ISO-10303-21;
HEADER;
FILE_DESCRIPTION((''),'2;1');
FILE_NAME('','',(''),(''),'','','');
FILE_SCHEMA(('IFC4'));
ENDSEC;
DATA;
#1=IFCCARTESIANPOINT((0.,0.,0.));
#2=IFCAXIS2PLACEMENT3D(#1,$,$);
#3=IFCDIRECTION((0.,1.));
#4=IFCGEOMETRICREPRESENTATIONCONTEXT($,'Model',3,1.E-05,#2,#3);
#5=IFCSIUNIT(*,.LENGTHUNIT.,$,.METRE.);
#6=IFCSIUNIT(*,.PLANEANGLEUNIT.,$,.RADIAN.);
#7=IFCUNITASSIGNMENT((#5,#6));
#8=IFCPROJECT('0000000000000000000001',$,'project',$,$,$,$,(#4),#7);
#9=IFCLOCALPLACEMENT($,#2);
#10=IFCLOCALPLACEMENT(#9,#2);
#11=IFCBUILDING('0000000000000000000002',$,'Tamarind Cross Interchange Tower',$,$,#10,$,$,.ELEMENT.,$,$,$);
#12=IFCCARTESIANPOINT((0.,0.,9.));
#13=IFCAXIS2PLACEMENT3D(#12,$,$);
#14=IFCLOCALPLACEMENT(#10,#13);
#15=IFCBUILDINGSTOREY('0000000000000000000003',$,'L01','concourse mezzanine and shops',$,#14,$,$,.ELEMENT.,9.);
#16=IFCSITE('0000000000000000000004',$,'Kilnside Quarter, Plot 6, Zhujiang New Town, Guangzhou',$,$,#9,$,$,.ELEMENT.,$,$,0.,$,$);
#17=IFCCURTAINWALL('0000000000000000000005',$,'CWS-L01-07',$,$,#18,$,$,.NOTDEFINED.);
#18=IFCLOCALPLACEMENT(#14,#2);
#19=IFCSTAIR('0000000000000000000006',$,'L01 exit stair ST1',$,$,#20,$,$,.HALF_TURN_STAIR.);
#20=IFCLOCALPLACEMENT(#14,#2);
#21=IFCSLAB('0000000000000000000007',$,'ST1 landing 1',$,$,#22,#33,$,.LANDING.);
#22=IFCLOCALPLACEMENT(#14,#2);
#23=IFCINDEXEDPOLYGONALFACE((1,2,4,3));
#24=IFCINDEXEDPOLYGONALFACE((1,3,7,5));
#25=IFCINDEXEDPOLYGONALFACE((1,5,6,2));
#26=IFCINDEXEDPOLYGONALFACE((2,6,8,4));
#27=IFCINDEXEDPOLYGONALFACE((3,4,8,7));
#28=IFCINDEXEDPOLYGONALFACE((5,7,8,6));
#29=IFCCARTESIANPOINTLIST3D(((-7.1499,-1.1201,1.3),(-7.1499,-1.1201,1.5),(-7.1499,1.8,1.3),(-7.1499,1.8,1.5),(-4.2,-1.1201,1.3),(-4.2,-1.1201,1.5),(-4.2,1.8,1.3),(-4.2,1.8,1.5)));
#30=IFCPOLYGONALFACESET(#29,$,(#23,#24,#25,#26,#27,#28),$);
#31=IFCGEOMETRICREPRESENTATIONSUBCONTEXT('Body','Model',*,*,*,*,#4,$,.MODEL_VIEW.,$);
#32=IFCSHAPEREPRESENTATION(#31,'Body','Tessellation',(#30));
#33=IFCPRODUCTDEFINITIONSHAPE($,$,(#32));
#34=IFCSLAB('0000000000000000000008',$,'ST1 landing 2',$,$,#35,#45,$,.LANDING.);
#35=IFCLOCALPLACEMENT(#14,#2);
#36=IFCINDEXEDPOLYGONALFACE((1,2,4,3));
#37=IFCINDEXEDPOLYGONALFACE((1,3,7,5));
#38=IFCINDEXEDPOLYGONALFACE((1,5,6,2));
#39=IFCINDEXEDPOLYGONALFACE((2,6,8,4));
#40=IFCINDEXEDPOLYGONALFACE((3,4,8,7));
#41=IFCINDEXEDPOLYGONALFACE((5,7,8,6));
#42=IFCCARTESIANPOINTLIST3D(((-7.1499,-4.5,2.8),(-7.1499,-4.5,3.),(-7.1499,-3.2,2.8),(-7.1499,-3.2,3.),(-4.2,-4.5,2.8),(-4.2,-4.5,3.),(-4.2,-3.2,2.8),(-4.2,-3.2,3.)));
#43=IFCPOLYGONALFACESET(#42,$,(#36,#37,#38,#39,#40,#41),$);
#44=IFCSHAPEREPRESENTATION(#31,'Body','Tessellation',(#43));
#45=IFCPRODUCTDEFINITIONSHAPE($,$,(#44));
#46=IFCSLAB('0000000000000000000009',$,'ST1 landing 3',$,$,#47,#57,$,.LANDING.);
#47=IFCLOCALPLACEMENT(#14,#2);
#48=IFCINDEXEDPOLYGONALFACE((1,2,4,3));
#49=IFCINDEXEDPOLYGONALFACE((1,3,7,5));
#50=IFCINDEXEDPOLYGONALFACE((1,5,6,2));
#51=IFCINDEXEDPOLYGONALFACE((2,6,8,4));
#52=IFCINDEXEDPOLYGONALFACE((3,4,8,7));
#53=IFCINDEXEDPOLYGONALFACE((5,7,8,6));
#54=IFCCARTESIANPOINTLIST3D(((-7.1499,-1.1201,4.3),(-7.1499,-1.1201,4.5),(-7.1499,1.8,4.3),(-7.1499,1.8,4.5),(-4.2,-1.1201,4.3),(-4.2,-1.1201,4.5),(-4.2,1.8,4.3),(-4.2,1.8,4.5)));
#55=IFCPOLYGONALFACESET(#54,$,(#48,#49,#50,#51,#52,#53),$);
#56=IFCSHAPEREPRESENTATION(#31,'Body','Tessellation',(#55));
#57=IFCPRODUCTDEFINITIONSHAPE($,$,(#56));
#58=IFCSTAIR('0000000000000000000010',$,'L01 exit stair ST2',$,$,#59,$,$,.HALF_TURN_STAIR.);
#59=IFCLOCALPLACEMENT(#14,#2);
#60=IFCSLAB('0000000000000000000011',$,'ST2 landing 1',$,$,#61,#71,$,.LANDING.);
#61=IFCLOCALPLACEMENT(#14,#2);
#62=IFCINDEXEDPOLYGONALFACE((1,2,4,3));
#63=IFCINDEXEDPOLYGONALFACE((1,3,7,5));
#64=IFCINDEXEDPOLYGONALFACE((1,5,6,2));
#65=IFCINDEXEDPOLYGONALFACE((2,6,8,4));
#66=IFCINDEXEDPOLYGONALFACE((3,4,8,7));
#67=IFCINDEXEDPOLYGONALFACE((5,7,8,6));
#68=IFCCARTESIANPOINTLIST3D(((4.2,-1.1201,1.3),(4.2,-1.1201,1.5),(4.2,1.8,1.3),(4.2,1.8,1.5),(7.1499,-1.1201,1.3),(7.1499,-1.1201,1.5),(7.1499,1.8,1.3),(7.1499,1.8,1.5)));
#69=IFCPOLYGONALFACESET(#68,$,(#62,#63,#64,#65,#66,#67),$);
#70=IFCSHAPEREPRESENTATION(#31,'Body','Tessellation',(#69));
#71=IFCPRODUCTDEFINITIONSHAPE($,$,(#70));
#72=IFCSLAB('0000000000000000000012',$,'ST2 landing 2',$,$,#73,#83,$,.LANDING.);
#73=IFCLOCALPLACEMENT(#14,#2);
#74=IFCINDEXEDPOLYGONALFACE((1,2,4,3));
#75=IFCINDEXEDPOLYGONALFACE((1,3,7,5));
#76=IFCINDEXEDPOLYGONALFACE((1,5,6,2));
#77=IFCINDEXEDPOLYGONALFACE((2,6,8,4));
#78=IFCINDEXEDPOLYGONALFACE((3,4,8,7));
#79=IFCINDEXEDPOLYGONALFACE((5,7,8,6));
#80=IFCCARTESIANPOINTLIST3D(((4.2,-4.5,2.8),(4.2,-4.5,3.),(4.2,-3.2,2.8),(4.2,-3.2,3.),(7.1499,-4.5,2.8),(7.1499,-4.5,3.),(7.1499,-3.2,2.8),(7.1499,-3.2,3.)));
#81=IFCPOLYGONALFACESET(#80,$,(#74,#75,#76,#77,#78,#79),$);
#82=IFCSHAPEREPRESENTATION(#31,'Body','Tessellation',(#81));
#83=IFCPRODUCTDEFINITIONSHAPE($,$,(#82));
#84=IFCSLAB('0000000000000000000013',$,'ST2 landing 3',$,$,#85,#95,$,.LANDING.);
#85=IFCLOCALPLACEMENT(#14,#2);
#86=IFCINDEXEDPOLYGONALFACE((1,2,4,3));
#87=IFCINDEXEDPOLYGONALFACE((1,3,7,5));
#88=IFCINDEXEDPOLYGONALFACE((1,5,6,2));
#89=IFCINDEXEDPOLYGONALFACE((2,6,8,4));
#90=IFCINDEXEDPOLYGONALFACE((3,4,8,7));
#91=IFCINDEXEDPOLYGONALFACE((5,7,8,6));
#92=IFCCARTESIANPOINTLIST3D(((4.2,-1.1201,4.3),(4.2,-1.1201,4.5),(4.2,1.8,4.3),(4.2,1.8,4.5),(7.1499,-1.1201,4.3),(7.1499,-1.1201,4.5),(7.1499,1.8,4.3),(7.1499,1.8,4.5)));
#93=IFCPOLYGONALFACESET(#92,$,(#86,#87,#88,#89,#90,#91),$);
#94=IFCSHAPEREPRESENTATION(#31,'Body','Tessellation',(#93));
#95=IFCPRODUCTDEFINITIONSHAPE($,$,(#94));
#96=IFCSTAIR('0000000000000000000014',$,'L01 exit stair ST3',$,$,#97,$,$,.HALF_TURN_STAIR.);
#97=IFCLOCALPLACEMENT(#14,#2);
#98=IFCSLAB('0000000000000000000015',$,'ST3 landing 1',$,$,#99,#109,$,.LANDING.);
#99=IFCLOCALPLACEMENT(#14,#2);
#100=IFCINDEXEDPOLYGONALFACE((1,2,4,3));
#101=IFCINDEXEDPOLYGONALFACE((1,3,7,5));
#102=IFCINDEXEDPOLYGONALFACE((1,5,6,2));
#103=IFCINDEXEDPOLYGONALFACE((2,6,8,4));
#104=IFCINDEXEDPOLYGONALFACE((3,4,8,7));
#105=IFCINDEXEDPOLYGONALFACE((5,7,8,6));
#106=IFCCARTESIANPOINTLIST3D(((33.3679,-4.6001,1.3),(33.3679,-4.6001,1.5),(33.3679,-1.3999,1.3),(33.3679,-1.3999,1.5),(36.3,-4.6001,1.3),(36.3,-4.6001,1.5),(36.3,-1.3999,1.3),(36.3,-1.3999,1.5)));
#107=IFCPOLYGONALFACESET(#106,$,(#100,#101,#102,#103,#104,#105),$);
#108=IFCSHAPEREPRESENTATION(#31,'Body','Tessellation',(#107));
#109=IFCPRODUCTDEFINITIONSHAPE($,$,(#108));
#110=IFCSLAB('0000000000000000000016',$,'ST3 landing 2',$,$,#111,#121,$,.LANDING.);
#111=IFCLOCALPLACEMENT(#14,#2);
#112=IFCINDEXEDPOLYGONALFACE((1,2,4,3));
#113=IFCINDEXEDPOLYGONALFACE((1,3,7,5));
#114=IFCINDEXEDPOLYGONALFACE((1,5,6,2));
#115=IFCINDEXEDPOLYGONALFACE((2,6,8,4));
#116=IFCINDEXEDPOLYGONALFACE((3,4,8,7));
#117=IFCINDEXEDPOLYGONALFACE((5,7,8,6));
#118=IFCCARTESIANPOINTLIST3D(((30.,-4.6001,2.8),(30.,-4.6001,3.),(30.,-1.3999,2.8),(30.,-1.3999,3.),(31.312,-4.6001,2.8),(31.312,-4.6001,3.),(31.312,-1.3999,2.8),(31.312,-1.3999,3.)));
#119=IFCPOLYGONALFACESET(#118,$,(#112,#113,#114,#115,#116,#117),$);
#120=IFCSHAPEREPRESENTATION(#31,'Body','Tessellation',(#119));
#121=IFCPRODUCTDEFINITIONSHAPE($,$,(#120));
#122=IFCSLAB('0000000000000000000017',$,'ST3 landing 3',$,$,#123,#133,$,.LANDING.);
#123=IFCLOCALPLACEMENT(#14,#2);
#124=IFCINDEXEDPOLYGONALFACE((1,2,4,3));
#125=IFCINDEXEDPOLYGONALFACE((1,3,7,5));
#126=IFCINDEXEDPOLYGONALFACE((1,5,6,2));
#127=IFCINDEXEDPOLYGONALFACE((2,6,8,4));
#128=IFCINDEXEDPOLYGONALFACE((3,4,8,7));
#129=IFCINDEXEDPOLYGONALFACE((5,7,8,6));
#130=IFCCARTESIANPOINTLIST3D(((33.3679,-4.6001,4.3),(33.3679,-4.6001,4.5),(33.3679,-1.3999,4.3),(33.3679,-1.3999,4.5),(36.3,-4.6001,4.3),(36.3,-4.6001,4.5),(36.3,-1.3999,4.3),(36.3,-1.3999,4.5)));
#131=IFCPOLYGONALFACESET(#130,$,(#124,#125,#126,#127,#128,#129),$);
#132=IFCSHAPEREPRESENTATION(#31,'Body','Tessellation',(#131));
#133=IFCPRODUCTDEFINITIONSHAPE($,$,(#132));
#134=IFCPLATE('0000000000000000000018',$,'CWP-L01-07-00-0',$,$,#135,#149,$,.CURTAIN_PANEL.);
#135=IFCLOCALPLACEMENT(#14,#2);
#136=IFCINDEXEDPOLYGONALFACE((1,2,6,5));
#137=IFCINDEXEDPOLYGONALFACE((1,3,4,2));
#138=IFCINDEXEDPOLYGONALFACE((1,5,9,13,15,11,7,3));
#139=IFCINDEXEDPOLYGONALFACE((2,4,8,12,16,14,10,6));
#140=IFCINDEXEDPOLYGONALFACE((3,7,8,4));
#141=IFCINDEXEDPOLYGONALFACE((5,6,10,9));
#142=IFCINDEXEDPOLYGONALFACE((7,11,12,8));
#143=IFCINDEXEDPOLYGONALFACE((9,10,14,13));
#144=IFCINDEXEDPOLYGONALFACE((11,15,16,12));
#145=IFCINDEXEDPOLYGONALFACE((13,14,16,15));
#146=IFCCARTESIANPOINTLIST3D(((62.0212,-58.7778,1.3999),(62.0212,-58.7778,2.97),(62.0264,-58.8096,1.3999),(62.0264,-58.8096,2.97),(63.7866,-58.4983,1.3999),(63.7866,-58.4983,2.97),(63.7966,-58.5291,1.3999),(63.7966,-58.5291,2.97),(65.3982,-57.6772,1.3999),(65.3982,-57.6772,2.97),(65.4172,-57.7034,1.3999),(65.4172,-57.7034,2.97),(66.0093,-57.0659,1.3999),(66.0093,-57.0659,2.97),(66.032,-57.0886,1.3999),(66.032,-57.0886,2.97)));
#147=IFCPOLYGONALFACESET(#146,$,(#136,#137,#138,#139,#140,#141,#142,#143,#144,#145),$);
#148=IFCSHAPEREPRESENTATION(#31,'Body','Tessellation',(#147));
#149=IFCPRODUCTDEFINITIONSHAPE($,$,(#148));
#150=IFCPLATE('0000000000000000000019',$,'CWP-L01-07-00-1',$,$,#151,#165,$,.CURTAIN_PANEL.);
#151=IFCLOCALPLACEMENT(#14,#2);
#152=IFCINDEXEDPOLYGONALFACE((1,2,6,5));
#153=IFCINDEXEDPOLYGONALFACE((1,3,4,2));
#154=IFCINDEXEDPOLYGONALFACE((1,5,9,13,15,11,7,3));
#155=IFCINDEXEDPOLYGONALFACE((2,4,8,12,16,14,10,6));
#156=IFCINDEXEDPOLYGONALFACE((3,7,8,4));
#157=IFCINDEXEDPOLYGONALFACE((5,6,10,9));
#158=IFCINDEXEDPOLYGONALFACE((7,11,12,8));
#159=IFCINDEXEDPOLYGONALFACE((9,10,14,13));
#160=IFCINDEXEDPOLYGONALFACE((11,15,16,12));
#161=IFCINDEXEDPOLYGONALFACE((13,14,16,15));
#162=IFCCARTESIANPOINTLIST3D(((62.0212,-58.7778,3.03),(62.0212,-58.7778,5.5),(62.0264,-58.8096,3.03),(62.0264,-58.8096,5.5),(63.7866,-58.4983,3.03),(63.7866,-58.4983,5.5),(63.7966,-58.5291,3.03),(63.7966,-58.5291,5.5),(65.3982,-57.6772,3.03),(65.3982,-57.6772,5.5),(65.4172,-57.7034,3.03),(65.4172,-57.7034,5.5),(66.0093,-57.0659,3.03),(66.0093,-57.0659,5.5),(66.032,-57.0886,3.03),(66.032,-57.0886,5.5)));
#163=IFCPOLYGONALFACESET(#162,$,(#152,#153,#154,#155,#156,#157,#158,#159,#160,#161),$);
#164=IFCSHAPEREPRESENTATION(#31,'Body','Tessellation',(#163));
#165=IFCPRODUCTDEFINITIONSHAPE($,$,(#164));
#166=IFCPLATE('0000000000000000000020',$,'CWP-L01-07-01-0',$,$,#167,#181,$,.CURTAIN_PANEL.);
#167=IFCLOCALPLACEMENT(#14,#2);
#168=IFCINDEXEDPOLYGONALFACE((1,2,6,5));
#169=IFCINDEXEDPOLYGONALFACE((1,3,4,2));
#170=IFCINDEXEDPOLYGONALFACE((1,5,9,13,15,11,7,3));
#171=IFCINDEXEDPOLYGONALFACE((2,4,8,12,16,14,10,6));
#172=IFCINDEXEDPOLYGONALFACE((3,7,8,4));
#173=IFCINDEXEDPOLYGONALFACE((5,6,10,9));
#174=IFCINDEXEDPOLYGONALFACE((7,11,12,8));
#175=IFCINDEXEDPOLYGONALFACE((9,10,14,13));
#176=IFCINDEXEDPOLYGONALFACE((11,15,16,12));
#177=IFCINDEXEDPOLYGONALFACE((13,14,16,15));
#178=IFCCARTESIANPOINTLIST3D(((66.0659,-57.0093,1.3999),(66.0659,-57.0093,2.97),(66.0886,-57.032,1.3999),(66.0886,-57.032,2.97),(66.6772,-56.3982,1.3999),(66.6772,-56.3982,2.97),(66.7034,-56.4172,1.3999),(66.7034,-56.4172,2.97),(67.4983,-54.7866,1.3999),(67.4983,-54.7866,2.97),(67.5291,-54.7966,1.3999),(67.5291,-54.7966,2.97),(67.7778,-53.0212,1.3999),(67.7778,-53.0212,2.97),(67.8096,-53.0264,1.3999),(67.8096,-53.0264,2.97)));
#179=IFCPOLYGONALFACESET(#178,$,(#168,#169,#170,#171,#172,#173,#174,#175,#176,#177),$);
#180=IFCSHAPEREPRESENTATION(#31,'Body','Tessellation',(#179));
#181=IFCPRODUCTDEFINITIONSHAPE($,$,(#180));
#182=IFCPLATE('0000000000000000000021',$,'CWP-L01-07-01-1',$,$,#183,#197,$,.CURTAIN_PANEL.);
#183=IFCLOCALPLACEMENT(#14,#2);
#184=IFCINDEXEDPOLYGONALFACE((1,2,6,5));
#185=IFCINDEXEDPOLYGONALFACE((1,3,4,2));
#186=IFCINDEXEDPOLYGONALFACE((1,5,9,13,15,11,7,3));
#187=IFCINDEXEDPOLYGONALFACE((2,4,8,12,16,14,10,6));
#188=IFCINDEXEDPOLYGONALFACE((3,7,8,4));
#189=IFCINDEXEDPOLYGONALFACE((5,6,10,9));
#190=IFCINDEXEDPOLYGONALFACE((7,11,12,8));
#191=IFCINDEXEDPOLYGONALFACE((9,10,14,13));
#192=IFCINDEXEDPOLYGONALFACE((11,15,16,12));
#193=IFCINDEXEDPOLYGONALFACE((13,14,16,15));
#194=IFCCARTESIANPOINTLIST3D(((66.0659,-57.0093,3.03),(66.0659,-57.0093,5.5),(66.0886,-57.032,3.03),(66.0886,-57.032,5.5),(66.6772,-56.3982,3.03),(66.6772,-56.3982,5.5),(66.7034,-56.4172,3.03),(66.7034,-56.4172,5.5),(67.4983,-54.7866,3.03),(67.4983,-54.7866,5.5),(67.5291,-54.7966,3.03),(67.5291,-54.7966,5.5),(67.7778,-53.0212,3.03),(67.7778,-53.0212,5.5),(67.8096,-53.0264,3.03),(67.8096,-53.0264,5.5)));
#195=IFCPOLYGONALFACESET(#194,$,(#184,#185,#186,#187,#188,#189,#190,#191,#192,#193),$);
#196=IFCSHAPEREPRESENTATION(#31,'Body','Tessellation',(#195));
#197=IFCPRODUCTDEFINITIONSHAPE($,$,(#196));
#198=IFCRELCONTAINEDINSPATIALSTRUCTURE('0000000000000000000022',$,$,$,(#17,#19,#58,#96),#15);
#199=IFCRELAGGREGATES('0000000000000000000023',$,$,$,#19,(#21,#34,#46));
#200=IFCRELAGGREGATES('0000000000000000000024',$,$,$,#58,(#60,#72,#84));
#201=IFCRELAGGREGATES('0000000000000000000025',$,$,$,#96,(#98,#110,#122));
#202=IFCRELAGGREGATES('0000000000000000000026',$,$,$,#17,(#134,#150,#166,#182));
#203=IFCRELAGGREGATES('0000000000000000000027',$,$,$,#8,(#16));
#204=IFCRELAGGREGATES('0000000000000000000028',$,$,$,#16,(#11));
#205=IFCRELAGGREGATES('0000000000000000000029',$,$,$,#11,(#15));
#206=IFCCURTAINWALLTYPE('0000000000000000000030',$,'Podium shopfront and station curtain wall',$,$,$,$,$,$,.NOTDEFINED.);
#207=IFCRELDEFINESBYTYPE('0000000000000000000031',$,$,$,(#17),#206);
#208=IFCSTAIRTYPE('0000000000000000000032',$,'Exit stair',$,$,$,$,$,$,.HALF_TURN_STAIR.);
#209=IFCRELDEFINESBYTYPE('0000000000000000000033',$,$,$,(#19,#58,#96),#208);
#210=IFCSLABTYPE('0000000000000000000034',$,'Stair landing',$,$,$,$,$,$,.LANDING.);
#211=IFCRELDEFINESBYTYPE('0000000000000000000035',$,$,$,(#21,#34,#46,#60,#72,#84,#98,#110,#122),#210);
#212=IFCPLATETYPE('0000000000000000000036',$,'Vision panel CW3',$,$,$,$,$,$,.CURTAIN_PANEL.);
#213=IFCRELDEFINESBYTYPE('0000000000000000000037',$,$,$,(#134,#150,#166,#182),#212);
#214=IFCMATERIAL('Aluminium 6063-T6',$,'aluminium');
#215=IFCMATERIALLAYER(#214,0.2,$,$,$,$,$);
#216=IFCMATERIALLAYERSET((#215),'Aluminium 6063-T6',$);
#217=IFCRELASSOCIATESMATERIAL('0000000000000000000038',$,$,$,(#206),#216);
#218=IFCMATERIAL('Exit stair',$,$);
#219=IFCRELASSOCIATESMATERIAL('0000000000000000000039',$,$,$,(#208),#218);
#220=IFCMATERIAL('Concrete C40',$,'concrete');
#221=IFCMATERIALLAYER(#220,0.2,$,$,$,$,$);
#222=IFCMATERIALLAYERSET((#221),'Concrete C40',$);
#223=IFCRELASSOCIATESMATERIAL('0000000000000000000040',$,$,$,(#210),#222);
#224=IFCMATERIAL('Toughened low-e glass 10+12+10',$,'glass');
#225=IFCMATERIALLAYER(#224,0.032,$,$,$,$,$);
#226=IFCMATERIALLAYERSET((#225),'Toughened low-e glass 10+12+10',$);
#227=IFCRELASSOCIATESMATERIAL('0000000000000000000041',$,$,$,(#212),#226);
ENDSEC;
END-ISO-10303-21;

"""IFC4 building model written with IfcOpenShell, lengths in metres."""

from ifc_helpers import new_model, si_unit, direction, frame, origin, place, context, subcontext, project, spatial, polyline, outline, extrude, material, layer, layer_set, type_object, element, aggregate, save


model = new_model("IFC4")

# Units and contexts
model_context = context("Model", 3, precision=1e-05, world=origin(), true_north=direction((0.0, 1.0)))
body_context = subcontext(model_context, "Body", "Model", "MODEL_VIEW")
ifc_project = project(units=[si_unit("LENGTHUNIT", "METRE"), si_unit("PLANEANGLEUNIT", "RADIAN")], contexts=[model_context])

# Site, building, storey
site_placement = place(None, origin())
site = spatial("IfcSite", under=ifc_project, at=site_placement, Name="Kilnside Quarter, Plot 6, Zhujiang New Town, Guangzhou", CompositionType="ELEMENT", RefElevation=0.0)
building_placement = place(site_placement, origin())
building = spatial("IfcBuilding", under=site, at=building_placement, Name="Tamarind Cross Interchange Tower", CompositionType="ELEMENT")
storey_placement = place(building_placement, frame((0.0, 0.0, 9.0)))
storey = spatial("IfcBuildingStorey", under=building, at=storey_placement, Name="L01", Description="concourse mezzanine and shops", CompositionType="ELEMENT", Elevation=9.0)

# Curtain wall
ifc_material_1 = material(Name="Aluminium 6063-T6", Category="aluminium")
ifc_layer_1 = layer(ifc_material_1, 0.2)
ifc_layer_set_1 = layer_set([ifc_layer_1], Name="Aluminium 6063-T6")
curtain_wall_type = type_object("IfcCurtainWallType", Name="Podium shopfront and station curtain wall", PredefinedType="NOTDEFINED", material=ifc_layer_set_1)
curtain_wall_1_placement = place(storey_placement, origin())
curtain_wall_1 = element("IfcCurtainWall", 1, at=curtain_wall_1_placement, inside=storey, type_object=curtain_wall_type, Name="CWS-L01-07", PredefinedType="NOTDEFINED")

# Stairs, slabs
ifc_material_2 = material(Name="Exit stair")
stair_type = type_object("IfcStairType", Name="Exit stair", PredefinedType="HALF_TURN_STAIR", material=ifc_material_2)
stair_1_placement = place(storey_placement, origin())
stair_1 = element("IfcStair", 2, at=stair_1_placement, inside=storey, type_object=stair_type, Name="L01 exit stair ST1", PredefinedType="HALF_TURN_STAIR")
ifc_material_3 = material(Name="Concrete C40", Category="concrete")
ifc_layer_2 = layer(ifc_material_3, 0.2)
ifc_layer_set_2 = layer_set([ifc_layer_2], Name="Concrete C40")
slab_type = type_object("IfcSlabType", Name="Stair landing", PredefinedType="LANDING", material=ifc_layer_set_2)
slab_1_placement = place(storey_placement, frame((0.0, 0.0, 1.3)))
slab_1 = element("IfcSlab", 3, at=slab_1_placement, type_object=slab_type, Name="ST1 landing 1", PredefinedType="LANDING", context=body_context, shape_type="SweptSolid", body=[
    extrude(outline(polyline([(-4.2, -1.1201), (-4.2, 1.8), (-7.1499, 1.8), (-7.1499, -1.1201), (-4.2, -1.1201)])), origin(), (0.0, 0.0, 1.0), 0.2),
])
slab_2_placement = place(storey_placement, frame((0.0, 0.0, 2.8)))
slab_2 = element("IfcSlab", 4, at=slab_2_placement, type_object=slab_type, Name="ST1 landing 2", PredefinedType="LANDING", context=body_context, shape_type="SweptSolid", body=[
    extrude(outline(polyline([(-4.2, -4.5), (-4.2, -3.2), (-7.1499, -3.2), (-7.1499, -4.5), (-4.2, -4.5)])), origin(), (0.0, 0.0, 1.0), 0.2),
])
slab_3_placement = place(storey_placement, frame((0.0, 0.0, 4.3)))
slab_3 = element("IfcSlab", 5, at=slab_3_placement, type_object=slab_type, Name="ST1 landing 3", PredefinedType="LANDING", context=body_context, shape_type="SweptSolid", body=[
    extrude(outline(polyline([(-4.2, -1.1201), (-4.2, 1.8), (-7.1499, 1.8), (-7.1499, -1.1201), (-4.2, -1.1201)])), origin(), (0.0, 0.0, 1.0), 0.2),
])
aggregate(stair_1, [slab_1, slab_2, slab_3])
stair_2_placement = place(storey_placement, origin())
stair_2 = element("IfcStair", 6, at=stair_2_placement, inside=storey, type_object=stair_type, Name="L01 exit stair ST2", PredefinedType="HALF_TURN_STAIR")
slab_4_placement = place(storey_placement, frame((0.0, 0.0, 1.3)))
slab_4 = element("IfcSlab", 7, at=slab_4_placement, type_object=slab_type, Name="ST2 landing 1", PredefinedType="LANDING", context=body_context, shape_type="SweptSolid", body=[
    extrude(outline(polyline([(7.1499, -1.1201), (7.1499, 1.8), (4.2, 1.8), (4.2, -1.1201), (7.1499, -1.1201)])), origin(), (0.0, 0.0, 1.0), 0.2),
])
slab_5_placement = place(storey_placement, frame((0.0, 0.0, 2.8)))
slab_5 = element("IfcSlab", 8, at=slab_5_placement, type_object=slab_type, Name="ST2 landing 2", PredefinedType="LANDING", context=body_context, shape_type="SweptSolid", body=[
    extrude(outline(polyline([(7.1499, -4.5), (7.1499, -3.2), (4.2, -3.2), (4.2, -4.5), (7.1499, -4.5)])), origin(), (0.0, 0.0, 1.0), 0.2),
])
slab_6_placement = place(storey_placement, frame((0.0, 0.0, 4.3)))
slab_6 = element("IfcSlab", 9, at=slab_6_placement, type_object=slab_type, Name="ST2 landing 3", PredefinedType="LANDING", context=body_context, shape_type="SweptSolid", body=[
    extrude(outline(polyline([(7.1499, -1.1201), (7.1499, 1.8), (4.2, 1.8), (4.2, -1.1201), (7.1499, -1.1201)])), origin(), (0.0, 0.0, 1.0), 0.2),
])
aggregate(stair_2, [slab_4, slab_5, slab_6])
stair_3_placement = place(storey_placement, origin())
stair_3 = element("IfcStair", 10, at=stair_3_placement, inside=storey, type_object=stair_type, Name="L01 exit stair ST3", PredefinedType="HALF_TURN_STAIR")
slab_7_placement = place(storey_placement, frame((0.0, 0.0, 1.3)))
slab_7 = element("IfcSlab", 11, at=slab_7_placement, type_object=slab_type, Name="ST3 landing 1", PredefinedType="LANDING", context=body_context, shape_type="SweptSolid", body=[
    extrude(outline(polyline([(33.3679, -4.6001), (36.3, -4.6001), (36.3, -1.3999), (33.3679, -1.3999), (33.3679, -4.6001)])), origin(), (0.0, 0.0, 1.0), 0.2),
])
slab_8_placement = place(storey_placement, frame((0.0, 0.0, 2.8)))
slab_8 = element("IfcSlab", 12, at=slab_8_placement, type_object=slab_type, Name="ST3 landing 2", PredefinedType="LANDING", context=body_context, shape_type="SweptSolid", body=[
    extrude(outline(polyline([(30.0, -4.6001), (31.312, -4.6001), (31.312, -1.3999), (30.0, -1.3999), (30.0, -4.6001)])), origin(), (0.0, 0.0, 1.0), 0.2),
])
slab_9_placement = place(storey_placement, frame((0.0, 0.0, 4.3)))
slab_9 = element("IfcSlab", 13, at=slab_9_placement, type_object=slab_type, Name="ST3 landing 3", PredefinedType="LANDING", context=body_context, shape_type="SweptSolid", body=[
    extrude(outline(polyline([(33.3679, -4.6001), (36.3, -4.6001), (36.3, -1.3999), (33.3679, -1.3999), (33.3679, -4.6001)])), origin(), (0.0, 0.0, 1.0), 0.2),
])
aggregate(stair_3, [slab_7, slab_8, slab_9])

# Plates
ifc_material_4 = material(Name="Toughened low-e glass 10+12+10", Category="glass")
ifc_layer_3 = layer(ifc_material_4, 0.032)
ifc_layer_set_3 = layer_set([ifc_layer_3], Name="Toughened low-e glass 10+12+10")
plate_type = type_object("IfcPlateType", Name="Vision panel CW3", PredefinedType="CURTAIN_PANEL", material=ifc_layer_set_3)
plate_1_placement = place(storey_placement, frame((0.0, 0.0, 1.3999)))
plate_1 = element("IfcPlate", 14, at=plate_1_placement, type_object=plate_type, Name="CWP-L01-07-00-0", PredefinedType="CURTAIN_PANEL", context=body_context, shape_type="SweptSolid", body=[
    extrude(outline(polyline([(62.0212, -58.7778), (63.7866, -58.4983), (65.3982, -57.6772), (66.0093, -57.0659), (66.032, -57.0886), (65.4172, -57.7034), (63.7966, -58.5291), (62.0264, -58.8096), (62.0212, -58.7778)])), origin(), (0.0, 0.0, 1.0), 1.5701),
])
plate_2_placement = place(storey_placement, frame((0.0, 0.0, 3.03)))
plate_2 = element("IfcPlate", 15, at=plate_2_placement, type_object=plate_type, Name="CWP-L01-07-00-1", PredefinedType="CURTAIN_PANEL", context=body_context, shape_type="SweptSolid", body=[
    extrude(outline(polyline([(62.0212, -58.7778), (63.7866, -58.4983), (65.3982, -57.6772), (66.0093, -57.0659), (66.032, -57.0886), (65.4172, -57.7034), (63.7966, -58.5291), (62.0264, -58.8096), (62.0212, -58.7778)])), origin(), (0.0, 0.0, 1.0), 2.47),
])
plate_3_placement = place(storey_placement, frame((0.0, 0.0, 1.3999)))
plate_3 = element("IfcPlate", 16, at=plate_3_placement, type_object=plate_type, Name="CWP-L01-07-01-0", PredefinedType="CURTAIN_PANEL", context=body_context, shape_type="SweptSolid", body=[
    extrude(outline(polyline([(66.0659, -57.0093), (66.6772, -56.3982), (67.4983, -54.7866), (67.7778, -53.0212), (67.8096, -53.0264), (67.5291, -54.7966), (66.7034, -56.4172), (66.0886, -57.032), (66.0659, -57.0093)])), origin(), (0.0, 0.0, 1.0), 1.5701),
])
plate_4_placement = place(storey_placement, frame((0.0, 0.0, 3.03)))
plate_4 = element("IfcPlate", 17, at=plate_4_placement, type_object=plate_type, Name="CWP-L01-07-01-1", PredefinedType="CURTAIN_PANEL", context=body_context, shape_type="SweptSolid", body=[
    extrude(outline(polyline([(66.0659, -57.0093), (66.6772, -56.3982), (67.4983, -54.7866), (67.7778, -53.0212), (67.8096, -53.0264), (67.5291, -54.7966), (66.7034, -56.4172), (66.0886, -57.032), (66.0659, -57.0093)])), origin(), (0.0, 0.0, 1.0), 2.47),
])
aggregate(curtain_wall_1, [plate_1, plate_2, plate_3, plate_4])

save(model, "model.ifc")
